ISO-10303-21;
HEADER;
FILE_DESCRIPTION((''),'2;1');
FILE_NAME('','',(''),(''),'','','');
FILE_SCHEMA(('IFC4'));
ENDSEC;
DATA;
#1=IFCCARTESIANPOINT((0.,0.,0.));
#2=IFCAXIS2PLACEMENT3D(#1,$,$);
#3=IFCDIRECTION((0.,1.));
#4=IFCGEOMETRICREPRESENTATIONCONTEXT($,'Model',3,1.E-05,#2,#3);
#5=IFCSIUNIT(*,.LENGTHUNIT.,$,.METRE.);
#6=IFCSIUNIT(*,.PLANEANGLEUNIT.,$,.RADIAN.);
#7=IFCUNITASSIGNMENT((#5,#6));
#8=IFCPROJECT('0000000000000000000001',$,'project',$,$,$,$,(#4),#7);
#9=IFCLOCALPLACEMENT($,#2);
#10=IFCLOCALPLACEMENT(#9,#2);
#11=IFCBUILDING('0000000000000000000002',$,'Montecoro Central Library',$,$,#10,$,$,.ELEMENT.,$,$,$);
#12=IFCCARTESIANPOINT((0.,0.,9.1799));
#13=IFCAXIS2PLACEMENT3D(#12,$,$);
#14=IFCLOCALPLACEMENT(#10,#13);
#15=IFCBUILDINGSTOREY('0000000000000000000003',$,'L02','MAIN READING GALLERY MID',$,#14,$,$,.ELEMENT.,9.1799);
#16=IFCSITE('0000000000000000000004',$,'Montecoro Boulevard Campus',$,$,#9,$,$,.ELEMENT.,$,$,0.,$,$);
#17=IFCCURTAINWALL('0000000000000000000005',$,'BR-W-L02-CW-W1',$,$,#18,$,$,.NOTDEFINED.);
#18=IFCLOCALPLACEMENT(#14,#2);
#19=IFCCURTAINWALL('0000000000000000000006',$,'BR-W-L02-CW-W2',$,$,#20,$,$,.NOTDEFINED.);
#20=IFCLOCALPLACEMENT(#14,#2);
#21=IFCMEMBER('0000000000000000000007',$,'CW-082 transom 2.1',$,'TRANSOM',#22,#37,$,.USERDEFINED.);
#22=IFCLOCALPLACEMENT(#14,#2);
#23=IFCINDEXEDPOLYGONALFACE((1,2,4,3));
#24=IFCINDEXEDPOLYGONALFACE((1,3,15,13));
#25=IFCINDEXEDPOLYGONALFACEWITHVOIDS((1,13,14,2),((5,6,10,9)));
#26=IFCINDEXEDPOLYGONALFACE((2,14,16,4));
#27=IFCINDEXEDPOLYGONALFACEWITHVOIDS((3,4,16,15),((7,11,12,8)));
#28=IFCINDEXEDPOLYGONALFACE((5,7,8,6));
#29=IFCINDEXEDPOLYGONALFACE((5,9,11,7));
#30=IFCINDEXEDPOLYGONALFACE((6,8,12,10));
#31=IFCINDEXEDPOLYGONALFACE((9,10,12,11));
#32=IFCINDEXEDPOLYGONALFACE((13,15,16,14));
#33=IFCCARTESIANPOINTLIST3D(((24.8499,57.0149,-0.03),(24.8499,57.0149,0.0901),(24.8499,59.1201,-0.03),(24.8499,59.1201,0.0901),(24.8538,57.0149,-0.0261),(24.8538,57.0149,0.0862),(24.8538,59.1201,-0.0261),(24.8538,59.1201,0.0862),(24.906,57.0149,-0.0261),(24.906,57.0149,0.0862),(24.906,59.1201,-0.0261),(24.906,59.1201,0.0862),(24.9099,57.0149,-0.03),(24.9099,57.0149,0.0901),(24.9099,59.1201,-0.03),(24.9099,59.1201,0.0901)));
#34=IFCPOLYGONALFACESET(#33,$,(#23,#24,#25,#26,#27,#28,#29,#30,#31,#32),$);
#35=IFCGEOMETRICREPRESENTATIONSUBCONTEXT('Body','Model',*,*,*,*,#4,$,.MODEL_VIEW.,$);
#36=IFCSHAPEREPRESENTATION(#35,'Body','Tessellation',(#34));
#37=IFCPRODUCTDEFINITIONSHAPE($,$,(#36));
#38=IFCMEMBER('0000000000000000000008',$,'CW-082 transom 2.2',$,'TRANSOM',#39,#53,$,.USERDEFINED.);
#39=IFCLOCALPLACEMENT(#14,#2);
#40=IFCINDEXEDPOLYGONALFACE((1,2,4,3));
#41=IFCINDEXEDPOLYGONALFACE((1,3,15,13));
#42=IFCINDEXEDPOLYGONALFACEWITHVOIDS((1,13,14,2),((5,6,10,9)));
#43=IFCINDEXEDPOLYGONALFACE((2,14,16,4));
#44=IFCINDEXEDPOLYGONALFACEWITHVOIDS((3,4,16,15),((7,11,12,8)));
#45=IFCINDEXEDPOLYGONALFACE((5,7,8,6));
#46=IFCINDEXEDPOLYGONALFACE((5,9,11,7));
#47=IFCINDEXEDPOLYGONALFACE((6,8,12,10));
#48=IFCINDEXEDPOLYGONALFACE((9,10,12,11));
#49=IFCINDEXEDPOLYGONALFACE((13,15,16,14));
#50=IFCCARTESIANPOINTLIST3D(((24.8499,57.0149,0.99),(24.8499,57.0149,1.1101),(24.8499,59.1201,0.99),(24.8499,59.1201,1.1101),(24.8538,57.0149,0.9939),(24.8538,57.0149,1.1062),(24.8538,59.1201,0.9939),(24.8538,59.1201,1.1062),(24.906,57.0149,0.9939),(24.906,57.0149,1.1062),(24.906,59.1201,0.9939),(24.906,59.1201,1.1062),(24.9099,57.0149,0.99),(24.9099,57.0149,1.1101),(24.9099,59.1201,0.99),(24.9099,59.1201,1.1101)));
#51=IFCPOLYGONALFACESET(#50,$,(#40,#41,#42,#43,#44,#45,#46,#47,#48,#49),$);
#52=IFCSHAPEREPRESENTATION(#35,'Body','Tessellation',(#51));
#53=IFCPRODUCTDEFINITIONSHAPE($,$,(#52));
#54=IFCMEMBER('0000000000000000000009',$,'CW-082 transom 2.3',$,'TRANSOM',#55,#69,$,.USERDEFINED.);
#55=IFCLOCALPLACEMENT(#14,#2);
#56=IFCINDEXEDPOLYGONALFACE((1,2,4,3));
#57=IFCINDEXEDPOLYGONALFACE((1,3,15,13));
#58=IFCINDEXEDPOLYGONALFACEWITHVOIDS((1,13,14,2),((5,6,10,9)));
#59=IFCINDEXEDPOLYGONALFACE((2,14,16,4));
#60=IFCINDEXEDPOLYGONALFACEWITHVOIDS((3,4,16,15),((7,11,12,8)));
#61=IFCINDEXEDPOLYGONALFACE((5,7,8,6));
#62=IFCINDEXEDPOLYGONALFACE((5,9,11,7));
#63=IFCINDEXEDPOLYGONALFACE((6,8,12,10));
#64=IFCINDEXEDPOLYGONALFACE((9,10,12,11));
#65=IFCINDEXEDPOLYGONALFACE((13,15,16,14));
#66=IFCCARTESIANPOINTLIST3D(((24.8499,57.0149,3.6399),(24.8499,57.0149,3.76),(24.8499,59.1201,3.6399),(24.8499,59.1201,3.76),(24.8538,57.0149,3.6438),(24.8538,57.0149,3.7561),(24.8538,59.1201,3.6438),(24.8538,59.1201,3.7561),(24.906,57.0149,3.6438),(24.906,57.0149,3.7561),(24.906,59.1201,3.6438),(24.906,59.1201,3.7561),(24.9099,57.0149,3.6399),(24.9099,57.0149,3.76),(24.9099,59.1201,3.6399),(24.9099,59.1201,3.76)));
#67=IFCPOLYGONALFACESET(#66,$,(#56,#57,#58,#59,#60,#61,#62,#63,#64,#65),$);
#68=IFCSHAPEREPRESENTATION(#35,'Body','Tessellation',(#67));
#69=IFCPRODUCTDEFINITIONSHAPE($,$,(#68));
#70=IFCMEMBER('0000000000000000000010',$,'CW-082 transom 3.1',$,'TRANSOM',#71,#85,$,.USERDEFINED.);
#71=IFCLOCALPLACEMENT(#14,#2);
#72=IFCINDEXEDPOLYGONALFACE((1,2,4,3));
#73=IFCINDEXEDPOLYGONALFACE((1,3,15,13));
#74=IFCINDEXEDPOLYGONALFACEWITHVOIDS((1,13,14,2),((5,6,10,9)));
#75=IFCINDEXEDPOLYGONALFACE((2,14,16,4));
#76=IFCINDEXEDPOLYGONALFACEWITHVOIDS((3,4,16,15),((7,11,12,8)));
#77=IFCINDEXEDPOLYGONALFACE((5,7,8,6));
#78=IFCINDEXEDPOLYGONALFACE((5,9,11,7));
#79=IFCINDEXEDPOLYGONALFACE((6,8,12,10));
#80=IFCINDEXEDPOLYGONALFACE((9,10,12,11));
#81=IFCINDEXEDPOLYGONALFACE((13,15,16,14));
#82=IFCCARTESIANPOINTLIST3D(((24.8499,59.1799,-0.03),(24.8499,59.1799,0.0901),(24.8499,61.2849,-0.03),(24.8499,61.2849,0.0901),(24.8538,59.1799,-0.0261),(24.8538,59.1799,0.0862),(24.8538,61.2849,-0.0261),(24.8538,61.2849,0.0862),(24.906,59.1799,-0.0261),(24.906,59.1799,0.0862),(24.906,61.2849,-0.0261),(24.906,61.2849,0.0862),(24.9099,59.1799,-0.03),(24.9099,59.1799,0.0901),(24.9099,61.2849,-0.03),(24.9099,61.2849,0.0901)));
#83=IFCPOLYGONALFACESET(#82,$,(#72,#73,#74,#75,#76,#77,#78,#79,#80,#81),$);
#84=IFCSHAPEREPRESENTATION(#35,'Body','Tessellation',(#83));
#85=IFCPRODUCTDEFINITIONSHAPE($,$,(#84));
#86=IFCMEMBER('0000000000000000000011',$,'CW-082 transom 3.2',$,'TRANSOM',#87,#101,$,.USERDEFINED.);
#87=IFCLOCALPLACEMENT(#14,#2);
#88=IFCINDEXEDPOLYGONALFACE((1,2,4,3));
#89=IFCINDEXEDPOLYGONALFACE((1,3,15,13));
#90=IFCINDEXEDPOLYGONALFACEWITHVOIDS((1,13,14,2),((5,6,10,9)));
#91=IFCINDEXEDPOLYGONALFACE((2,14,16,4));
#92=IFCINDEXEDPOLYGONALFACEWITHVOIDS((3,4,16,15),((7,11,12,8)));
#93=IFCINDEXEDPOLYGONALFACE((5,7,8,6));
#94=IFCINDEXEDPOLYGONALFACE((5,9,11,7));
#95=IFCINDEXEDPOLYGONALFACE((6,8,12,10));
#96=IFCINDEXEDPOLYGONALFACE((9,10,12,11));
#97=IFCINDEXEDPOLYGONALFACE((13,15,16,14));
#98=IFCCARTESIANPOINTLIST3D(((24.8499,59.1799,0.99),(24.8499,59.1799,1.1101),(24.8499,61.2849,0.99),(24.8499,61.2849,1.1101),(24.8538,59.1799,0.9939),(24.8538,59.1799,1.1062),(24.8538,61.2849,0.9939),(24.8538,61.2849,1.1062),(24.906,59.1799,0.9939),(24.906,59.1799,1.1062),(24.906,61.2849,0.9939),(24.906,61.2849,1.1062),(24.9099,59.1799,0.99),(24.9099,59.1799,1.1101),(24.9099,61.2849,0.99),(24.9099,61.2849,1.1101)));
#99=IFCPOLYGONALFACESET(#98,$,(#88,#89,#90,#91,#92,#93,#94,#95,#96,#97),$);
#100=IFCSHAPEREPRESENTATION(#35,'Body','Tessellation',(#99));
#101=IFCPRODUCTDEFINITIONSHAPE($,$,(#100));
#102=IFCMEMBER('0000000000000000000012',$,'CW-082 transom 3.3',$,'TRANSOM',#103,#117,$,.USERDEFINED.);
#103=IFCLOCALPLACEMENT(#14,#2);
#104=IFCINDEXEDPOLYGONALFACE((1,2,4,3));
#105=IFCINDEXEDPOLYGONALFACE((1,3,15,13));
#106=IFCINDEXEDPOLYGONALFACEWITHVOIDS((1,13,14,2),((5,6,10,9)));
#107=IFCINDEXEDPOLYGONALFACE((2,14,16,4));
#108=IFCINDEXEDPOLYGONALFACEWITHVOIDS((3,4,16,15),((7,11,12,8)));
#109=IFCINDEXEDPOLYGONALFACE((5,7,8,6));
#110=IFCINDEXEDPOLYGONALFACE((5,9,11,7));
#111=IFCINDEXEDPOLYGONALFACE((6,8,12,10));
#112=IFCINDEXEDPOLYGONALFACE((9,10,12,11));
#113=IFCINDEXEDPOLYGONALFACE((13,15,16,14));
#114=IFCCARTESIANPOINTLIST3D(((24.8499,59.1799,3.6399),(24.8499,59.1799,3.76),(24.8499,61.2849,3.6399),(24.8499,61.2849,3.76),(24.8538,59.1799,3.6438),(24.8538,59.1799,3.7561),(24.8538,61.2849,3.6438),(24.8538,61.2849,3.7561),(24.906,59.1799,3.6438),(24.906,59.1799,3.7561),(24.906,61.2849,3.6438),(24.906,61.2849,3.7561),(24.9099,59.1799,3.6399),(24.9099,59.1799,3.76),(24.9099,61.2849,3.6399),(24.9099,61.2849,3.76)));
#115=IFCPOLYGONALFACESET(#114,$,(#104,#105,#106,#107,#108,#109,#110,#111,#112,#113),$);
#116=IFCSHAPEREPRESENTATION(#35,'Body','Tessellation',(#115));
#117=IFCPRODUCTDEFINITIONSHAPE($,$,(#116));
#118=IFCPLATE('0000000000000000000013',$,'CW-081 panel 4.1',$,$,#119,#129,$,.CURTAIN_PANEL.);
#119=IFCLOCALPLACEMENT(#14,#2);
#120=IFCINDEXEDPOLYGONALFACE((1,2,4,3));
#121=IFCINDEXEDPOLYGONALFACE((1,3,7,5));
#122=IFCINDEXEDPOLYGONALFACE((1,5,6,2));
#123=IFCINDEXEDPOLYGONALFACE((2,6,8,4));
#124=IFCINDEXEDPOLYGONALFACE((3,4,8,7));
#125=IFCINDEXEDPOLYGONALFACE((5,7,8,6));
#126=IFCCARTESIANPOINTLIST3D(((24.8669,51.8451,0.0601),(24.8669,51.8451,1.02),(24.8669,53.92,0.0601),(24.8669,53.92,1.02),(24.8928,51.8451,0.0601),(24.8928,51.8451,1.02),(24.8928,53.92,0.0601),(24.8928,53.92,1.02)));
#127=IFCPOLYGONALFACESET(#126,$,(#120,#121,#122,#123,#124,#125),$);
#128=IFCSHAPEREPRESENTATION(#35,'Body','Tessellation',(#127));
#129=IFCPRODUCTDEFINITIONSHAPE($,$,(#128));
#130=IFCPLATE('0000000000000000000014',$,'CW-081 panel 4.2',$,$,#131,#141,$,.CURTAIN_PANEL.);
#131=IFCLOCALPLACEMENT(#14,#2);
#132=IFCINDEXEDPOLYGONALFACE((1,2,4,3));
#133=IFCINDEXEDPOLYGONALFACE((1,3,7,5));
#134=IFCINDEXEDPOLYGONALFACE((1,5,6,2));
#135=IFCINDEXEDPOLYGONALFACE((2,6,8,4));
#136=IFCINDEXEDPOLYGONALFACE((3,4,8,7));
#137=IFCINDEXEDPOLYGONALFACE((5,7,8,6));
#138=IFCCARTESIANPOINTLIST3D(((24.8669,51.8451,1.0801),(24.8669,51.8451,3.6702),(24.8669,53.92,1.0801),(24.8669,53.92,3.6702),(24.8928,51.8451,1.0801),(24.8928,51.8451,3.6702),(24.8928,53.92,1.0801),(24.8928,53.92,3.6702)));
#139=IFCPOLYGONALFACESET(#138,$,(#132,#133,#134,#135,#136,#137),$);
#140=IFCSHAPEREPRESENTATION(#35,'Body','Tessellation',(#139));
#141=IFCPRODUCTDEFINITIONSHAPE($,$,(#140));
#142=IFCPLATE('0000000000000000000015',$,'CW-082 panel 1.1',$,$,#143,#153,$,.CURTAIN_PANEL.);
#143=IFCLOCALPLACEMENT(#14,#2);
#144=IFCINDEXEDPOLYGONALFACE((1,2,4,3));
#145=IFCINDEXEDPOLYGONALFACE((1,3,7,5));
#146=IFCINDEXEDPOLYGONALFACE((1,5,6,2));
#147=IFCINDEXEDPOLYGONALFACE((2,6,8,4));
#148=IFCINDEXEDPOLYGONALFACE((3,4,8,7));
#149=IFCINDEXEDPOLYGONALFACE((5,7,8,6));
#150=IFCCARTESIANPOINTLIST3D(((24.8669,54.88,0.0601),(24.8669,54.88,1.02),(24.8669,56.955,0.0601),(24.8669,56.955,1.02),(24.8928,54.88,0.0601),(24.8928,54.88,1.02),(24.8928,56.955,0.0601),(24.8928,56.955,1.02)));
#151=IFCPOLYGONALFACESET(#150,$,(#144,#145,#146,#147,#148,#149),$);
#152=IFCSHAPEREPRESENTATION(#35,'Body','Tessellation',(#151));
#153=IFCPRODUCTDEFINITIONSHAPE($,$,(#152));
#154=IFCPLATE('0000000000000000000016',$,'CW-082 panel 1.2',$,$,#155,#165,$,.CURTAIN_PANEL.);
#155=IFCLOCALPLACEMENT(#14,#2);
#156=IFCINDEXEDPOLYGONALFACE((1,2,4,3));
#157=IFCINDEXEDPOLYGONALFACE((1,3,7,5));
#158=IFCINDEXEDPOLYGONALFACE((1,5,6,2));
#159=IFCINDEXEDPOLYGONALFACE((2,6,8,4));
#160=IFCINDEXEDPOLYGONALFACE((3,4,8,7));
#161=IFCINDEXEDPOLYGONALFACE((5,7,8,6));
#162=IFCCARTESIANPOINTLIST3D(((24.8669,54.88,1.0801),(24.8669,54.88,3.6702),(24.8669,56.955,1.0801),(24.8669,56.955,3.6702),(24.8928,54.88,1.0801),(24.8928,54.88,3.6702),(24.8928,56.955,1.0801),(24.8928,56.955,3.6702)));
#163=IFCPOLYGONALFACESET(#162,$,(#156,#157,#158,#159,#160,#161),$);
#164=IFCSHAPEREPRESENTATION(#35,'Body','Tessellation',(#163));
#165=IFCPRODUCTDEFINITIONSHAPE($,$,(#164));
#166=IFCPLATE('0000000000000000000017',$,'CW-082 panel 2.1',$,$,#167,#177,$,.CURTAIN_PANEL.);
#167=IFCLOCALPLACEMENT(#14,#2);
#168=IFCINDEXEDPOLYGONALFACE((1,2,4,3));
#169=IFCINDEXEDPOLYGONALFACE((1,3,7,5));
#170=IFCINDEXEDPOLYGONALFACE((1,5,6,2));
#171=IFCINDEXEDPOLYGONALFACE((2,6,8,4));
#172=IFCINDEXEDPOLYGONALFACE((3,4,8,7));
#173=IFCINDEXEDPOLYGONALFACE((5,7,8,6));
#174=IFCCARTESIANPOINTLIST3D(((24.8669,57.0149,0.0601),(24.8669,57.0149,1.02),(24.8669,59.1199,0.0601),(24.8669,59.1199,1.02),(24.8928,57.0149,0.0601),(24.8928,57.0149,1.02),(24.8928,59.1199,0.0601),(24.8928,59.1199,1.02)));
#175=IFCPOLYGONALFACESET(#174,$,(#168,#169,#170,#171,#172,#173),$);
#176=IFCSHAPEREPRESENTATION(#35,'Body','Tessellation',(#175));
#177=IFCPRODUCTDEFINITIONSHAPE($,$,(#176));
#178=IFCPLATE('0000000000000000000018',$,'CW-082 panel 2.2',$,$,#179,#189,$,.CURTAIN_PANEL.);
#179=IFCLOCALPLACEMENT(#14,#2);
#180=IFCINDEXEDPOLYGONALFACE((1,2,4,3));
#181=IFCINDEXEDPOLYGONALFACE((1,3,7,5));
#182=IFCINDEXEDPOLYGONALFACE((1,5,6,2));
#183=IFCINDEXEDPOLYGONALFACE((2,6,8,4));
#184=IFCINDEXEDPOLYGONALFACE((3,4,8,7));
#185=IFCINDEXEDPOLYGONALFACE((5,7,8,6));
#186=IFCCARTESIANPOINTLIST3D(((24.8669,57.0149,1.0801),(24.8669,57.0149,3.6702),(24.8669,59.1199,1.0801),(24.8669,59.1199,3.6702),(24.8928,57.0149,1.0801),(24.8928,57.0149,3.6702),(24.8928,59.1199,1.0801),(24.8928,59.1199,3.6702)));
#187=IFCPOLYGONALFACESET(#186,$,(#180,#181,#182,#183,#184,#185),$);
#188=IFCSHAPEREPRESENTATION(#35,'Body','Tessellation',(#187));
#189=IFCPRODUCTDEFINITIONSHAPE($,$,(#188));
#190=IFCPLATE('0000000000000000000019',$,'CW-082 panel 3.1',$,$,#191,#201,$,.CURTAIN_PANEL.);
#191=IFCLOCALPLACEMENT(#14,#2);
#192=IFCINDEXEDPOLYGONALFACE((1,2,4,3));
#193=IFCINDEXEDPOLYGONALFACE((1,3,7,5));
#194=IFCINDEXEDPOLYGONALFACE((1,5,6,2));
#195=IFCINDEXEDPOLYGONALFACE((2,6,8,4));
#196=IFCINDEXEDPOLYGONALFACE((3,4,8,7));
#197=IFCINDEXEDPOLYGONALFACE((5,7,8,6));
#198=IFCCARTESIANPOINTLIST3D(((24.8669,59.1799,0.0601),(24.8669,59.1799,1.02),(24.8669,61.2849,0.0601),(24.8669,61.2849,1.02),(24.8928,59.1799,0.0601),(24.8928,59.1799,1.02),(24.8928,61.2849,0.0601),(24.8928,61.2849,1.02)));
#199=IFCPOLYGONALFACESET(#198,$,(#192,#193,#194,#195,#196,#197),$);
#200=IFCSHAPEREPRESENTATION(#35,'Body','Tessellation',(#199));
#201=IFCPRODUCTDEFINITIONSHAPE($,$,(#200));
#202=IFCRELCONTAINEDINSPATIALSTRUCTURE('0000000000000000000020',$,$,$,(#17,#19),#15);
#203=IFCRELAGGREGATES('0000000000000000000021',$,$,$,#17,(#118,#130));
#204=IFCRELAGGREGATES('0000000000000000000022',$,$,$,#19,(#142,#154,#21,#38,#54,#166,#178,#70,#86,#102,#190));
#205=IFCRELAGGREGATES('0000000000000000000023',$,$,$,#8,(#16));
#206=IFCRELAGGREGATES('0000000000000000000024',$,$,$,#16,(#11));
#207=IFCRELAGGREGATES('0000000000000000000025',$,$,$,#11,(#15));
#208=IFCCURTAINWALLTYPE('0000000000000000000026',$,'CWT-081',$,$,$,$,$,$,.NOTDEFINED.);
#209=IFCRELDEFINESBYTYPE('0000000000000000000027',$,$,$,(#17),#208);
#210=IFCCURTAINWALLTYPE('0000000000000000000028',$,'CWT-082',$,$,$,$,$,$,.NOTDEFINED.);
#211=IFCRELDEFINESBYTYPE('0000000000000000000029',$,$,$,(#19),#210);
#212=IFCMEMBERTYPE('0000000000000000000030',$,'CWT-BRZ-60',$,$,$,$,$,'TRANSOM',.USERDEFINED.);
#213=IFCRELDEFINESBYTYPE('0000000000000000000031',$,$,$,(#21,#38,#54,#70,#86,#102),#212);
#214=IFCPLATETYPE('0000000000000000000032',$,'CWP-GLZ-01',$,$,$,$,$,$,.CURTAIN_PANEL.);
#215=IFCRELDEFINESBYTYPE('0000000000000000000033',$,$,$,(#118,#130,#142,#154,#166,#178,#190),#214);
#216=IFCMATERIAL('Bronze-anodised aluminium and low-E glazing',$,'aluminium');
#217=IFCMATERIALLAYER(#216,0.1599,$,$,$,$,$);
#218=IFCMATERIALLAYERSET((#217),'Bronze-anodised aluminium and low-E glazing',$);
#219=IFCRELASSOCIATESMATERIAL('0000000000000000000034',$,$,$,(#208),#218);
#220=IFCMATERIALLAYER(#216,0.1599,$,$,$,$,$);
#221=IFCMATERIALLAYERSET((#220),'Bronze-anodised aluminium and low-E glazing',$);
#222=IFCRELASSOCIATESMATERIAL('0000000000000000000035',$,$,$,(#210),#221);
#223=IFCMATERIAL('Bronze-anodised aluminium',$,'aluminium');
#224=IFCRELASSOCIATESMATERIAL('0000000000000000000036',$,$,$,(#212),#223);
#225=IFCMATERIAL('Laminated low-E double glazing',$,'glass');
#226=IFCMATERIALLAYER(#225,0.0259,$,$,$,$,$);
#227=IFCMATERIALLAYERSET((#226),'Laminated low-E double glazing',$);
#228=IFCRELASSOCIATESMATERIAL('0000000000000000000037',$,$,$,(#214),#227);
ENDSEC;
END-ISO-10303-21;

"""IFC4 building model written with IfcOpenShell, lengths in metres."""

from ifc_helpers import new_model, si_unit, direction, frame, origin, origin_2d, place, context, subcontext, project, spatial, rectangle, hollow_rectangle, extrude, material, layer, layer_set, material_profile, profile_set, type_object, element, aggregate, save


model = new_model("IFC4")

# Units and contexts
model_context = context("Model", 3, precision=1e-05, world=origin(), true_north=direction((0.0, 1.0)))
body_context = subcontext(model_context, "Body", "Model", "MODEL_VIEW")
ifc_project = project(units=[si_unit("LENGTHUNIT", "METRE"), si_unit("PLANEANGLEUNIT", "RADIAN")], contexts=[model_context])

# Site, building, storey
site_placement = place(None, origin())
site = spatial("IfcSite", under=ifc_project, at=site_placement, Name="Montecoro Boulevard Campus", CompositionType="ELEMENT", RefElevation=0.0)
building_placement = place(site_placement, origin())
building = spatial("IfcBuilding", under=site, at=building_placement, Name="Montecoro Central Library", CompositionType="ELEMENT")
storey_placement = place(building_placement, frame((0.0, 0.0, 9.1799)))
storey = spatial("IfcBuildingStorey", under=building, at=storey_placement, Name="L02", Description="MAIN READING GALLERY MID", CompositionType="ELEMENT", Elevation=9.1799)

# Curtain wall
ifc_material_1 = material(Name="Bronze-anodised aluminium and low-E glazing", Category="aluminium")
ifc_material_2 = material(Name="Bronze-anodised aluminium", Category="aluminium")
ifc_layer_1 = layer(ifc_material_1, 0.1599)
ifc_layer_set_1 = layer_set([ifc_layer_1], Name="Bronze-anodised aluminium and low-E glazing")
curtain_wall_type_1 = type_object("IfcCurtainWallType", Name="CWT-081", PredefinedType="NOTDEFINED", material=ifc_layer_set_1)
curtain_wall_1_placement = place(storey_placement, origin())
curtain_wall_1 = element("IfcCurtainWall", 1, at=curtain_wall_1_placement, inside=storey, type_object=curtain_wall_type_1, Name="BR-W-L02-CW-W1", PredefinedType="NOTDEFINED")

# Curtain wall, members
ifc_layer_2 = layer(ifc_material_1, 0.1599)
ifc_layer_set_2 = layer_set([ifc_layer_2], Name="Bronze-anodised aluminium and low-E glazing")
curtain_wall_type_2 = type_object("IfcCurtainWallType", Name="CWT-082", PredefinedType="NOTDEFINED", material=ifc_layer_set_2)
curtain_wall_2_placement = place(storey_placement, origin())
curtain_wall_2 = element("IfcCurtainWall", 2, at=curtain_wall_2_placement, inside=storey, type_object=curtain_wall_type_2, Name="BR-W-L02-CW-W2", PredefinedType="NOTDEFINED")
ifc_material_profile_1 = material_profile(ifc_material_2, hollow_rectangle(XDim=0.0601, YDim=0.1201, WallThickness=0.0039, at=origin_2d()), Name="CWT 120x60x4.0")
ifc_profile_set_1 = profile_set([ifc_material_profile_1], Name="Bronze-anodised aluminium")
member_type_1 = type_object("IfcMemberType", Name="CWT-BRZ-60", ElementType="TRANSOM", PredefinedType="USERDEFINED", material=ifc_profile_set_1)
member_1_placement = place(storey_placement, frame((24.8799, 57.0149, 0.03), z_axis=(0.0, 1.0, 0.0), x_axis=(-1.0, 0.0, 0.0)))
member_1 = element("IfcMember", 3, at=member_1_placement, type_object=member_type_1, Name="CW-082 transom 2.1", ObjectType="TRANSOM", PredefinedType="USERDEFINED", context=body_context, shape_type="SweptSolid", body=[
    extrude(hollow_rectangle(XDim=0.0601, YDim=0.1201, WallThickness=0.0039, at=origin_2d()), origin(), (0.0, 0.0, 1.0), 2.1052),
])
member_2_placement = place(storey_placement, frame((24.8799, 57.0149, 1.05), z_axis=(0.0, 1.0, 0.0), x_axis=(-1.0, 0.0, 0.0)))
member_2 = element("IfcMember", 4, at=member_2_placement, type_object=member_type_1, Name="CW-082 transom 2.2", ObjectType="TRANSOM", PredefinedType="USERDEFINED", context=body_context, shape_type="SweptSolid", body=[
    extrude(hollow_rectangle(XDim=0.0601, YDim=0.1201, WallThickness=0.0039, at=origin_2d()), origin(), (0.0, 0.0, 1.0), 2.1052),
])
member_3_placement = place(storey_placement, frame((24.8799, 57.0149, 3.7), z_axis=(0.0, 1.0, 0.0), x_axis=(-1.0, 0.0, 0.0)))
member_3 = element("IfcMember", 5, at=member_3_placement, type_object=member_type_1, Name="CW-082 transom 2.3", ObjectType="TRANSOM", PredefinedType="USERDEFINED", context=body_context, shape_type="SweptSolid", body=[
    extrude(hollow_rectangle(XDim=0.0601, YDim=0.1201, WallThickness=0.0039, at=origin_2d()), origin(), (0.0, 0.0, 1.0), 2.1052),
])
member_4_placement = place(storey_placement, frame((24.8799, 59.1799, 0.03), z_axis=(0.0, 1.0, 0.0), x_axis=(-1.0, 0.0, 0.0)))
member_4 = element("IfcMember", 6, at=member_4_placement, type_object=member_type_1, Name="CW-082 transom 3.1", ObjectType="TRANSOM", PredefinedType="USERDEFINED", context=body_context, shape_type="SweptSolid", body=[
    extrude(hollow_rectangle(XDim=0.0601, YDim=0.1201, WallThickness=0.0039, at=origin_2d()), origin(), (0.0, 0.0, 1.0), 2.105),
])
member_5_placement = place(storey_placement, frame((24.8799, 59.1799, 1.05), z_axis=(0.0, 1.0, 0.0), x_axis=(-1.0, 0.0, 0.0)))
member_5 = element("IfcMember", 7, at=member_5_placement, type_object=member_type_1, Name="CW-082 transom 3.2", ObjectType="TRANSOM", PredefinedType="USERDEFINED", context=body_context, shape_type="SweptSolid", body=[
    extrude(hollow_rectangle(XDim=0.0601, YDim=0.1201, WallThickness=0.0039, at=origin_2d()), origin(), (0.0, 0.0, 1.0), 2.105),
])
member_6_placement = place(storey_placement, frame((24.8799, 59.1799, 3.7), z_axis=(0.0, 1.0, 0.0), x_axis=(-1.0, 0.0, 0.0)))
member_6 = element("IfcMember", 8, at=member_6_placement, type_object=member_type_1, Name="CW-082 transom 3.3", ObjectType="TRANSOM", PredefinedType="USERDEFINED", context=body_context, shape_type="SweptSolid", body=[
    extrude(hollow_rectangle(XDim=0.0601, YDim=0.1201, WallThickness=0.0039, at=origin_2d()), origin(), (0.0, 0.0, 1.0), 2.105),
])

# Plates
ifc_material_3 = material(Name="Laminated low-E double glazing", Category="glass")
ifc_layer_3 = layer(ifc_material_3, 0.0259)
ifc_layer_set_3 = layer_set([ifc_layer_3], Name="Laminated low-E double glazing")
plate_type_1 = type_object("IfcPlateType", Name="CWP-GLZ-01", PredefinedType="CURTAIN_PANEL", material=ifc_layer_set_3)
plate_1_placement = place(storey_placement, frame((24.8799, 52.8826, 0.0601), z_axis=(0.0, 0.0, 1.0), x_axis=(0.0, 1.0, 0.0)))
plate_1 = element("IfcPlate", 9, at=plate_1_placement, type_object=plate_type_1, Name="CW-081 panel 4.1", PredefinedType="CURTAIN_PANEL", context=body_context, shape_type="SweptSolid", body=[
    extrude(rectangle(XDim=2.075, YDim=0.0259, at=origin_2d()), origin(), (0.0, 0.0, 1.0), 0.96),
])
plate_2_placement = place(storey_placement, frame((24.8799, 52.8826, 1.0801), z_axis=(0.0, 0.0, 1.0), x_axis=(0.0, 1.0, 0.0)))
plate_2 = element("IfcPlate", 10, at=plate_2_placement, type_object=plate_type_1, Name="CW-081 panel 4.2", PredefinedType="CURTAIN_PANEL", context=body_context, shape_type="SweptSolid", body=[
    extrude(rectangle(XDim=2.075, YDim=0.0259, at=origin_2d()), origin(), (0.0, 0.0, 1.0), 2.5901),
])
aggregate(curtain_wall_1, [plate_1, plate_2])
plate_3_placement = place(storey_placement, frame((24.8799, 55.9175, 0.0601), z_axis=(0.0, 0.0, 1.0), x_axis=(0.0, 1.0, 0.0)))
plate_3 = element("IfcPlate", 11, at=plate_3_placement, type_object=plate_type_1, Name="CW-082 panel 1.1", PredefinedType="CURTAIN_PANEL", context=body_context, shape_type="SweptSolid", body=[
    extrude(rectangle(XDim=2.075, YDim=0.0259, at=origin_2d()), origin(), (0.0, 0.0, 1.0), 0.96),
])
plate_4_placement = place(storey_placement, frame((24.8799, 55.9175, 1.0801), z_axis=(0.0, 0.0, 1.0), x_axis=(0.0, 1.0, 0.0)))
plate_4 = element("IfcPlate", 12, at=plate_4_placement, type_object=plate_type_1, Name="CW-082 panel 1.2", PredefinedType="CURTAIN_PANEL", context=body_context, shape_type="SweptSolid", body=[
    extrude(rectangle(XDim=2.075, YDim=0.0259, at=origin_2d()), origin(), (0.0, 0.0, 1.0), 2.5901),
])
plate_5_placement = place(storey_placement, frame((24.8799, 58.0674, 0.0601), z_axis=(0.0, 0.0, 1.0), x_axis=(0.0, 1.0, 0.0)))
plate_5 = element("IfcPlate", 13, at=plate_5_placement, type_object=plate_type_1, Name="CW-082 panel 2.1", PredefinedType="CURTAIN_PANEL", context=body_context, shape_type="SweptSolid", body=[
    extrude(rectangle(XDim=2.105, YDim=0.0259, at=origin_2d()), origin(), (0.0, 0.0, 1.0), 0.96),
])
plate_6_placement = place(storey_placement, frame((24.8799, 58.0674, 1.0801), z_axis=(0.0, 0.0, 1.0), x_axis=(0.0, 1.0, 0.0)))
plate_6 = element("IfcPlate", 14, at=plate_6_placement, type_object=plate_type_1, Name="CW-082 panel 2.2", PredefinedType="CURTAIN_PANEL", context=body_context, shape_type="SweptSolid", body=[
    extrude(rectangle(XDim=2.105, YDim=0.0259, at=origin_2d()), origin(), (0.0, 0.0, 1.0), 2.5901),
])
plate_7_placement = place(storey_placement, frame((24.8799, 60.2324, 0.0601), z_axis=(0.0, 0.0, 1.0), x_axis=(0.0, 1.0, 0.0)))
plate_7 = element("IfcPlate", 15, at=plate_7_placement, type_object=plate_type_1, Name="CW-082 panel 3.1", PredefinedType="CURTAIN_PANEL", context=body_context, shape_type="SweptSolid", body=[
    extrude(rectangle(XDim=2.105, YDim=0.0259, at=origin_2d()), origin(), (0.0, 0.0, 1.0), 0.96),
])
aggregate(curtain_wall_2, [plate_3, plate_4, member_1, member_2, member_3, plate_5, plate_6, member_4, member_5, member_6, plate_7])

save(model, "model.ifc")
